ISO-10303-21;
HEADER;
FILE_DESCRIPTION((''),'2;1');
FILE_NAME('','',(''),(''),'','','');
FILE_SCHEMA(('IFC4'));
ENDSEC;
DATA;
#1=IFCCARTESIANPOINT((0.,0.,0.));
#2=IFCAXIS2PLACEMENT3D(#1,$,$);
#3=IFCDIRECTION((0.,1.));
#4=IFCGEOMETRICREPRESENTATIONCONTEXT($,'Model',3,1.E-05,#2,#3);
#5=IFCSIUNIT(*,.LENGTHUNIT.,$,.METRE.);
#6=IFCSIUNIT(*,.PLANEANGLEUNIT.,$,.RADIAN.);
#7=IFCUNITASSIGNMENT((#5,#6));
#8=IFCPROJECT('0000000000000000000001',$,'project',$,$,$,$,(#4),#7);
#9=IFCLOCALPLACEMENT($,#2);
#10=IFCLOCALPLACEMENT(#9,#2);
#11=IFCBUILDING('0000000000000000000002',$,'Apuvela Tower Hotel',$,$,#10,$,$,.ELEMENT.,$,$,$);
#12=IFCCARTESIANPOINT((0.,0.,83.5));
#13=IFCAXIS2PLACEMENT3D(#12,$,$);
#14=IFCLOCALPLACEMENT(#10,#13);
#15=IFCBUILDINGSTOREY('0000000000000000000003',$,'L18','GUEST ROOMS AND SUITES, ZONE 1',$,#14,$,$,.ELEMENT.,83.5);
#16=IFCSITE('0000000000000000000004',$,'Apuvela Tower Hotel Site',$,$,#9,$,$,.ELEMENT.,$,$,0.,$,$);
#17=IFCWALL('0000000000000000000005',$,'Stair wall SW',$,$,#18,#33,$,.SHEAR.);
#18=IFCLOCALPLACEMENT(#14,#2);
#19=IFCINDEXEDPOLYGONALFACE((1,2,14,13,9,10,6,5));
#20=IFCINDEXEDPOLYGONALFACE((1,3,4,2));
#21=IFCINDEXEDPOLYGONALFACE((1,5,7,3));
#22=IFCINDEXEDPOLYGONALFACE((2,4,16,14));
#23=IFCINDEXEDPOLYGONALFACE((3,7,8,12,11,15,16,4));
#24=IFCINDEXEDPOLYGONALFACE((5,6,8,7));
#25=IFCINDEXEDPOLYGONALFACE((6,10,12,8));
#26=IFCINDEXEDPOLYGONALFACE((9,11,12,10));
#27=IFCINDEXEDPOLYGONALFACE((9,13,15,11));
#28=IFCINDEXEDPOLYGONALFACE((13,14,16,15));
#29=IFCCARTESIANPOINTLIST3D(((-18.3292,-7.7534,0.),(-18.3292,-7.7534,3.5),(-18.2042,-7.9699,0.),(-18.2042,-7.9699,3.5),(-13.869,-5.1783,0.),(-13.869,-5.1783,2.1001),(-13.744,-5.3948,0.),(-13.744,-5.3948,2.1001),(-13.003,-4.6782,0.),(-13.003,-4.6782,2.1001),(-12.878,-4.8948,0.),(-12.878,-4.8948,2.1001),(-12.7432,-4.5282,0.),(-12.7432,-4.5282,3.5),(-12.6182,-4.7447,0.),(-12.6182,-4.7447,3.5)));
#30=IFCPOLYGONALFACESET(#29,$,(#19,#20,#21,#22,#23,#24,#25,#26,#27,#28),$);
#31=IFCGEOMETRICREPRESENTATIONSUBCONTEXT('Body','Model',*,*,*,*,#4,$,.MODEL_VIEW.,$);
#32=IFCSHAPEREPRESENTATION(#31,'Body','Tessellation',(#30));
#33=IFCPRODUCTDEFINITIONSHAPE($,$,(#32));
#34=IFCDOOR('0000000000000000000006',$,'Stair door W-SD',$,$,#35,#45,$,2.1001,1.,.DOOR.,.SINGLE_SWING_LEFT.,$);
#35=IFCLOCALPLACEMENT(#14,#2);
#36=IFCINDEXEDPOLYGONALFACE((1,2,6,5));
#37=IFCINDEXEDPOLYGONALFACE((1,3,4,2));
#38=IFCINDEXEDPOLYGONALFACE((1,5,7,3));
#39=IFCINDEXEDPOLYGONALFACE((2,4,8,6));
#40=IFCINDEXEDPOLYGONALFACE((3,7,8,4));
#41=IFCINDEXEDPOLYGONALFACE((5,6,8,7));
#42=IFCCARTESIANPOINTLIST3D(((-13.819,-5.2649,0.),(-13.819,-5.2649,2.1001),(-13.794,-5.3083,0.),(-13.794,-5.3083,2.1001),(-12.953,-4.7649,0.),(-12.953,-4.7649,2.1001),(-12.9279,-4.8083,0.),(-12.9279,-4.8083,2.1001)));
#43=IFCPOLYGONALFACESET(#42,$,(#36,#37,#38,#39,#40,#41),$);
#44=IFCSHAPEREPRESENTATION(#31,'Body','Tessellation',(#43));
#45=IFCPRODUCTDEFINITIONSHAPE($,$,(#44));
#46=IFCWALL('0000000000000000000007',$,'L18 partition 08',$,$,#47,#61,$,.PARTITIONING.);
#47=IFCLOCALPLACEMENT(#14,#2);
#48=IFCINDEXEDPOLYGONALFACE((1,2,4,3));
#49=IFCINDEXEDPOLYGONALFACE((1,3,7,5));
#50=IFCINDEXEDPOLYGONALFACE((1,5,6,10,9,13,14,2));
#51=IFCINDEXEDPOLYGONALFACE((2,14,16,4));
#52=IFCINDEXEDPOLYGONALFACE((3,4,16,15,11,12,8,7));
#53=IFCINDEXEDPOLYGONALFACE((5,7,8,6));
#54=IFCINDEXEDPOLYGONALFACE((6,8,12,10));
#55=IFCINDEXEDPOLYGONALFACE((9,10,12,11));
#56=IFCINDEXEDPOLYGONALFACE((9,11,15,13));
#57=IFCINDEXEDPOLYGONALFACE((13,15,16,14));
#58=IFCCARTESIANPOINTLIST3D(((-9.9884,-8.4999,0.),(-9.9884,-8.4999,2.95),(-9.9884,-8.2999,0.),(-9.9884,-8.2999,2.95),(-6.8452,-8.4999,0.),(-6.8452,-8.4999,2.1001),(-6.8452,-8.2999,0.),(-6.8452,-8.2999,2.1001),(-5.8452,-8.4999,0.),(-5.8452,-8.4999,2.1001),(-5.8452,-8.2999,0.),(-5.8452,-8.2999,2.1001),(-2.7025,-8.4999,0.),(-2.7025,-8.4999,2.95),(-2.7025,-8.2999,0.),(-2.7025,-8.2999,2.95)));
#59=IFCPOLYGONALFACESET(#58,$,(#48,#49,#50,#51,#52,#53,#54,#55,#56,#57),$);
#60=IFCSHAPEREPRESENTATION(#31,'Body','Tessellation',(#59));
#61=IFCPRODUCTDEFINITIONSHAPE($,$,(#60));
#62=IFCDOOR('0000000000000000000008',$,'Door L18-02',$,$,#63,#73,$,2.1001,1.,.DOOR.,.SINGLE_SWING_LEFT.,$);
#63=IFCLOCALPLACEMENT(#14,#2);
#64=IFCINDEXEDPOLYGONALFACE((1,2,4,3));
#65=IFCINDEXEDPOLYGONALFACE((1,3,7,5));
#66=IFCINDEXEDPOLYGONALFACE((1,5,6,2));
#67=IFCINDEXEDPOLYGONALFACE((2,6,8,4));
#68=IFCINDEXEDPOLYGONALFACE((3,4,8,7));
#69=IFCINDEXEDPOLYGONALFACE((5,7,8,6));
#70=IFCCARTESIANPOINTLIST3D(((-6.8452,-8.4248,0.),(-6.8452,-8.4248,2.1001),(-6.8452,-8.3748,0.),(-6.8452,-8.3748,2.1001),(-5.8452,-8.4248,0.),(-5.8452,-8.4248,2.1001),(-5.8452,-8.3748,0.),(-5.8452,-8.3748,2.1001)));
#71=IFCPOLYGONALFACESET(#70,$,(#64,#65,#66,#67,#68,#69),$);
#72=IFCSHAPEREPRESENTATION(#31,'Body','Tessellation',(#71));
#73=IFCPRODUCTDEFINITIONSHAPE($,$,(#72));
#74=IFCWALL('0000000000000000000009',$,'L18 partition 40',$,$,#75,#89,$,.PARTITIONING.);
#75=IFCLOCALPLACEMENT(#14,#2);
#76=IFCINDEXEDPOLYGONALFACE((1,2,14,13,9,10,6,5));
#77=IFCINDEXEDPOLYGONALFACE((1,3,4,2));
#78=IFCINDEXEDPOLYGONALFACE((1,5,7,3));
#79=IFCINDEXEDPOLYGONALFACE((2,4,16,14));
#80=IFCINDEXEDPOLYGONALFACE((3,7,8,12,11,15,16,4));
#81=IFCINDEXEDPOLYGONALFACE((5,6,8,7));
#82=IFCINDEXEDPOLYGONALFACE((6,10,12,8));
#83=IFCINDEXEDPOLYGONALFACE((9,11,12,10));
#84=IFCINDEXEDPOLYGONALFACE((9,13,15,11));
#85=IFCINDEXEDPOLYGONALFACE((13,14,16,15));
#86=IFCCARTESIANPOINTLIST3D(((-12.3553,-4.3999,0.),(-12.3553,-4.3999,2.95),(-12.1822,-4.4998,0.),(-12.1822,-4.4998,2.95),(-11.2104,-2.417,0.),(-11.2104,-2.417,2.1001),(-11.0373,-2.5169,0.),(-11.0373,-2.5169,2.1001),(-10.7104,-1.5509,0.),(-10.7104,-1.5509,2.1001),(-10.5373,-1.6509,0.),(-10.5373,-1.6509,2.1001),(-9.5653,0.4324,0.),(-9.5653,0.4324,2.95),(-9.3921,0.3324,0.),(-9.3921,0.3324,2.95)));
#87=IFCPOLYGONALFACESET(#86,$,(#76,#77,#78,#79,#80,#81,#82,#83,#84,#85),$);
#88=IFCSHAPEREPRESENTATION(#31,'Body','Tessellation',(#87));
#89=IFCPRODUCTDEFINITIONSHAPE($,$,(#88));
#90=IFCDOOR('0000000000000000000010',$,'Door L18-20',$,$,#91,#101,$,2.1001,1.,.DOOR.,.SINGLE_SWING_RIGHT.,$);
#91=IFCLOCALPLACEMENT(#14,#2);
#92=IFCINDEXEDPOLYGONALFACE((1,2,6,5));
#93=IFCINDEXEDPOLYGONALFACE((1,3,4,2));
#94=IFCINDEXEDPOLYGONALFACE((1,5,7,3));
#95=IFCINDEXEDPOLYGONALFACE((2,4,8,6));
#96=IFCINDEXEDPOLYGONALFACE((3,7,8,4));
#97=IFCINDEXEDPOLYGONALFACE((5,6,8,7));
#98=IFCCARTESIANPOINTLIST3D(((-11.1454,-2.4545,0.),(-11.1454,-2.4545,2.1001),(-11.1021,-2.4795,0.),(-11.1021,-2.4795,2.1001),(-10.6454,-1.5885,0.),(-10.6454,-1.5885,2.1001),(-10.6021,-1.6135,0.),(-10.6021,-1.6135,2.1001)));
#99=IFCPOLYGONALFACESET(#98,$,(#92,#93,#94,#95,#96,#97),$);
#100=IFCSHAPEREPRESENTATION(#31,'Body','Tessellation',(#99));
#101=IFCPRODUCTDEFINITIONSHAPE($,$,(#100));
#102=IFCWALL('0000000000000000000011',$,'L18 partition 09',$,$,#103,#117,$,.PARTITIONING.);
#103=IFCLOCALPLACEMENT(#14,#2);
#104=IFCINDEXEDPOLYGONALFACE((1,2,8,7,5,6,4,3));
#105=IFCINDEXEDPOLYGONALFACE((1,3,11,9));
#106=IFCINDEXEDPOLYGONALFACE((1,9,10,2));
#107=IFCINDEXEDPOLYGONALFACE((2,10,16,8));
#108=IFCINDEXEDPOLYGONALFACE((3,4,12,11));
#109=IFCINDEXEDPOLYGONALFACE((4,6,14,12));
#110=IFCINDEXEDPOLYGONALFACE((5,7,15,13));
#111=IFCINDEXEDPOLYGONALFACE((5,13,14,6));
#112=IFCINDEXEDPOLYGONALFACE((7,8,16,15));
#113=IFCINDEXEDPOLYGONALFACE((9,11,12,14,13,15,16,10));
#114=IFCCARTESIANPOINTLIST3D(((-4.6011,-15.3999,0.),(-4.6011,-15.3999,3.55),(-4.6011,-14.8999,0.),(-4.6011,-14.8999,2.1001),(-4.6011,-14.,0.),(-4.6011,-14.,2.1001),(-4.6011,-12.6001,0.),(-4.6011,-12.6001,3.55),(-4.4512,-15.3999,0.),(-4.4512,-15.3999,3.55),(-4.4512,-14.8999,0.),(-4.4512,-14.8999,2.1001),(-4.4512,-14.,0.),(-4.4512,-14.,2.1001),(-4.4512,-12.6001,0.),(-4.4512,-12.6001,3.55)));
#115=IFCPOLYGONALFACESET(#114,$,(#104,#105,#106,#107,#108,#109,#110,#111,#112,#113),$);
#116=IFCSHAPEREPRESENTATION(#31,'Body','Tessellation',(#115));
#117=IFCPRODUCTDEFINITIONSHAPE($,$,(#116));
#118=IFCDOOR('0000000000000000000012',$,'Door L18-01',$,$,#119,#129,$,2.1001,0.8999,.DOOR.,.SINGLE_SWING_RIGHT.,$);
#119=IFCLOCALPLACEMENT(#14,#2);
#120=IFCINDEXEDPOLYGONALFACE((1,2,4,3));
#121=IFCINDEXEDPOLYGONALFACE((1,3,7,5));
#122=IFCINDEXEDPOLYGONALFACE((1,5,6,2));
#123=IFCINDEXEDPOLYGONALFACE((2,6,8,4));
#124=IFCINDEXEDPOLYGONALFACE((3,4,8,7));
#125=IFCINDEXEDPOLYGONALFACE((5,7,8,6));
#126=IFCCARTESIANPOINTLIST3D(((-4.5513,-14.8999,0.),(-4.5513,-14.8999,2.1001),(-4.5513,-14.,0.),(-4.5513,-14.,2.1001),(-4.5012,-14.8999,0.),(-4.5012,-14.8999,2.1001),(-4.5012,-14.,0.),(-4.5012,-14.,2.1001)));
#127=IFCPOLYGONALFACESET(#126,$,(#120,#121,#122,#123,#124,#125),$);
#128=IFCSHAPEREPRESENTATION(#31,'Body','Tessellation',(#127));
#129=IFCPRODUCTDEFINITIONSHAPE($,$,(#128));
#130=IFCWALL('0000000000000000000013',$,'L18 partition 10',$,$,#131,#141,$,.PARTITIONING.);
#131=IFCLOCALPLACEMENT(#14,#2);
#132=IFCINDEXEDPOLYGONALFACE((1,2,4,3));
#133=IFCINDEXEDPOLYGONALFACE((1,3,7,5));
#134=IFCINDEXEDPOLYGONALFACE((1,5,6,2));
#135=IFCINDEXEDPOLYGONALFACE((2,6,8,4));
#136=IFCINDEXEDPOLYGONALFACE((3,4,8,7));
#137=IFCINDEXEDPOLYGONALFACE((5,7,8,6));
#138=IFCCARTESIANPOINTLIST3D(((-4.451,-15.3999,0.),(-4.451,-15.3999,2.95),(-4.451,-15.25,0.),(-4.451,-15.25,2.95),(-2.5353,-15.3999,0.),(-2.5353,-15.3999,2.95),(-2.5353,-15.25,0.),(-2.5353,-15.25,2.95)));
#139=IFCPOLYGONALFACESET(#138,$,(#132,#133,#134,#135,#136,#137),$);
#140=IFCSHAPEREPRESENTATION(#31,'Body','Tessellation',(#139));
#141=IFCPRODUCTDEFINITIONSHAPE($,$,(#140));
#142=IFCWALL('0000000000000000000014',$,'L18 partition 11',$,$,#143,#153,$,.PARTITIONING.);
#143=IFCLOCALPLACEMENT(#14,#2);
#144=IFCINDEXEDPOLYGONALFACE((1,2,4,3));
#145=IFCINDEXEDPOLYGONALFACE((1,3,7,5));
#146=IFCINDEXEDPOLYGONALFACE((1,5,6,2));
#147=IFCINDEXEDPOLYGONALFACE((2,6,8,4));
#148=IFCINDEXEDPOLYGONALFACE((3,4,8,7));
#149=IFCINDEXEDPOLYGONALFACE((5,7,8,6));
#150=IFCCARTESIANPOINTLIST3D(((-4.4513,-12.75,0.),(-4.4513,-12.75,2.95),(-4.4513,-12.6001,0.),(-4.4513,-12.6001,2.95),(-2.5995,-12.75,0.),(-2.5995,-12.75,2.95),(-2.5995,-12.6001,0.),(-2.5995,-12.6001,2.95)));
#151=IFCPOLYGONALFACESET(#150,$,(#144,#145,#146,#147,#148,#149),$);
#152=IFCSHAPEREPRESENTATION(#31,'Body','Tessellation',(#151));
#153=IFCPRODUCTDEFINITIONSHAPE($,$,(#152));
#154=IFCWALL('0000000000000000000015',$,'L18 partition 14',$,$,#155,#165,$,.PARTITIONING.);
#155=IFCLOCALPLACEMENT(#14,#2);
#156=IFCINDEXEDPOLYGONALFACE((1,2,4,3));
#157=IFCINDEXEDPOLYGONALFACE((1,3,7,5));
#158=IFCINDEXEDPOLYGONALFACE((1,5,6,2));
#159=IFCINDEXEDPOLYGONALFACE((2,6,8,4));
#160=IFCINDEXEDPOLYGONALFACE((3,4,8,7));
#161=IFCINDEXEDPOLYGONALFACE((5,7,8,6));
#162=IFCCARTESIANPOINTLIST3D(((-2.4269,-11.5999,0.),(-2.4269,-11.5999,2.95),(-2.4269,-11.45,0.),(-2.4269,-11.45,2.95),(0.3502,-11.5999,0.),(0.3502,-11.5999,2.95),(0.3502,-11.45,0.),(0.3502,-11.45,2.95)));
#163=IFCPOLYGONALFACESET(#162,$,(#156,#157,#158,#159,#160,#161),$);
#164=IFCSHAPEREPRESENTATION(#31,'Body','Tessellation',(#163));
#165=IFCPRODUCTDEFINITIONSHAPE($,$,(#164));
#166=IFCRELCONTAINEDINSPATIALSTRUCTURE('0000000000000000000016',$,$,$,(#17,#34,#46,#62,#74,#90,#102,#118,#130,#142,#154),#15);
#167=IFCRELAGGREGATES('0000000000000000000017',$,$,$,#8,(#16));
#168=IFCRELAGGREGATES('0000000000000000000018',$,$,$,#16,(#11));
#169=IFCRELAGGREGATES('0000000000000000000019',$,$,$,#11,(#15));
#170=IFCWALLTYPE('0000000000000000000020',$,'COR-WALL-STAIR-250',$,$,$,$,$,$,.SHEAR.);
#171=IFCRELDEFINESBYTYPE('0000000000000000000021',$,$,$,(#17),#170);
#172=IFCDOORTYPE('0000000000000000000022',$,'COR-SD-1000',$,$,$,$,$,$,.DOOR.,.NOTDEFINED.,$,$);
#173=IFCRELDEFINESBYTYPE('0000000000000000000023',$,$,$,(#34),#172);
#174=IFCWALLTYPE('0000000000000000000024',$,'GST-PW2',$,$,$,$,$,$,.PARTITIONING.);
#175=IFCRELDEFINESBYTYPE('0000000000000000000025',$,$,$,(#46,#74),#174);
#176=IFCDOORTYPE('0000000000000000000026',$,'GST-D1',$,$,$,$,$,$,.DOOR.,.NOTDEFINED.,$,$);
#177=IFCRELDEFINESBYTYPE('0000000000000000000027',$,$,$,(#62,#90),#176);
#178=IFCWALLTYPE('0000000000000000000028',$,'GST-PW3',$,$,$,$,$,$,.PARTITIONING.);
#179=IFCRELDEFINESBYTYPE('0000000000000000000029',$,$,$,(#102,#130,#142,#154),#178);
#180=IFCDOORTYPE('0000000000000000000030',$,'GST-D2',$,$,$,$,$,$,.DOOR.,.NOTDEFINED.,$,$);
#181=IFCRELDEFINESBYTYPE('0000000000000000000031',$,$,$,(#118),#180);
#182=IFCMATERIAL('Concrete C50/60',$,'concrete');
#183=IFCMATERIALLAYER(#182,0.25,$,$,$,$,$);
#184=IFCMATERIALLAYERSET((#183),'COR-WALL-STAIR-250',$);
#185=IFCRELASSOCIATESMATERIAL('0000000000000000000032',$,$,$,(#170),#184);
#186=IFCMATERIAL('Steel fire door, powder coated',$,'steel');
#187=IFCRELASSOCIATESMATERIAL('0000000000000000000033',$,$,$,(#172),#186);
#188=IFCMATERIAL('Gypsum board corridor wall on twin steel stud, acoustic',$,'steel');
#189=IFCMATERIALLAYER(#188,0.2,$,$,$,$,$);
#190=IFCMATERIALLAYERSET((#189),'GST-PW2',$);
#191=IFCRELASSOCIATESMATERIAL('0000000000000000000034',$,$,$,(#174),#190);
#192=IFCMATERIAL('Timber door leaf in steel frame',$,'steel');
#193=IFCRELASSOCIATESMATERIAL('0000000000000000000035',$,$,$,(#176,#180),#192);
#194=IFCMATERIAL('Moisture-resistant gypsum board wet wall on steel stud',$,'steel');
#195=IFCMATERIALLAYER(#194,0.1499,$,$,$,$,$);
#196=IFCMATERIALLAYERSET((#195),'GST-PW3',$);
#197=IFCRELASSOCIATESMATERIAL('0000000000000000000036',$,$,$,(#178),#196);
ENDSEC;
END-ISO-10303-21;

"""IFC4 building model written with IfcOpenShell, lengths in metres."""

from ifc_helpers import new_model, si_unit, direction, frame, frame_2d, origin, place, context, subcontext, project, spatial, rectangle, extrude, material, layer, layer_set, type_object, element, fill, save


model = new_model("IFC4")

# Units and contexts
model_context = context("Model", 3, precision=1e-05, world=origin(), true_north=direction((0.0, 1.0)))
body_context = subcontext(model_context, "Body", "Model", "MODEL_VIEW")
ifc_project = project(units=[si_unit("LENGTHUNIT", "METRE"), si_unit("PLANEANGLEUNIT", "RADIAN")], contexts=[model_context])

# Site, building, storey
site_placement = place(None, origin())
site = spatial("IfcSite", under=ifc_project, at=site_placement, Name="Apuvela Tower Hotel Site", CompositionType="ELEMENT", RefElevation=0.0)
building_placement = place(site_placement, origin())
building = spatial("IfcBuilding", under=site, at=building_placement, Name="Apuvela Tower Hotel", CompositionType="ELEMENT")
storey_placement = place(building_placement, frame((0.0, 0.0, 83.5)))
storey = spatial("IfcBuildingStorey", under=building, at=storey_placement, Name="L18", Description="GUEST ROOMS AND SUITES, ZONE 1", CompositionType="ELEMENT", Elevation=83.5)

# Shared definitions
ifc_material_1 = material(Name="Concrete C50/60", Category="concrete")
ifc_material_2 = material(Name="Steel fire door, powder coated", Category="steel")

# Walls, openings, doors
ifc_layer_1 = layer(ifc_material_1, 0.25)
ifc_layer_set_1 = layer_set([ifc_layer_1], Name="COR-WALL-STAIR-250")
wall_type_1 = type_object("IfcWallType", Name="COR-WALL-STAIR-250", PredefinedType="SHEAR", material=ifc_layer_set_1)
wall_1_placement = place(storey_placement, frame((-12.6807, -4.6365, 0.0), z_axis=(0.0, 0.0, 1.0), x_axis=(-0.866022, -0.500006, 0.0)))
wall_1 = element("IfcWall", 1, at=wall_1_placement, inside=storey, type_object=wall_type_1, Name="Stair wall SW", PredefinedType="SHEAR", context=body_context, shape_type="SweptSolid", body=[
    extrude(rectangle(XDim=6.4502, YDim=0.25, at=frame_2d((3.2251, 0.0))), origin(), (0.0, 0.0, 1.0), 3.5),
])
opening_1_placement = place(wall_1_placement, frame((0.3, 0.0, 0.0)))
opening_1 = element("IfcOpeningElement", 2, at=opening_1_placement, cuts=wall_1, PredefinedType="OPENING", context=body_context, shape_type="SweptSolid", body=[
    extrude(rectangle(XDim=1.0, YDim=2.1001, at=frame_2d((0.5, 1.05))), frame((0.0, 0.135, 0.0), z_axis=(0.0, -1.0, 0.0), x_axis=(1.0, 0.0, 0.0)), (0.0, 0.0, 1.0), 0.27),
])
door_type_1 = type_object("IfcDoorType", Name="COR-SD-1000", OperationType="NOTDEFINED", PredefinedType="DOOR", material=ifc_material_2)
door_1_placement = place(opening_1_placement, frame((1.0, 0.0, 0.0), z_axis=(0.0, 0.0, 1.0), x_axis=(-1.0, 0.0, 0.0)))
door_1 = element("IfcDoor", 3, at=door_1_placement, inside=storey, type_object=door_type_1, Name="Stair door W-SD", OperationType="SINGLE_SWING_LEFT", OverallHeight=2.1001, OverallWidth=1.0, PredefinedType="DOOR", context=body_context, shape_type="SweptSolid", body=[
    extrude(rectangle(XDim=1.0, YDim=2.1001, at=frame_2d((0.5, 1.05))), frame((0.0, 0.0249, 0.0), z_axis=(0.0, -1.0, 0.0), x_axis=(1.0, 0.0, 0.0)), (0.0, 0.0, 1.0), 0.05),
])
fill(opening_1, door_1)
ifc_material_3 = material(Name="Gypsum board corridor wall on twin steel stud, acoustic", Category="steel")
ifc_layer_2 = layer(ifc_material_3, 0.2)
ifc_layer_set_2 = layer_set([ifc_layer_2], Name="GST-PW2")
wall_type_2 = type_object("IfcWallType", Name="GST-PW2", PredefinedType="PARTITIONING", material=ifc_layer_set_2)
wall_2_placement = place(storey_placement, frame((-2.7024, -8.3999, 0.0), z_axis=(0.0, 0.0, 1.0), x_axis=(-1.0, 0.0, 0.0)))
wall_2 = element("IfcWall", 4, at=wall_2_placement, inside=storey, type_object=wall_type_2, Name="L18 partition 08", PredefinedType="PARTITIONING", context=body_context, shape_type="SweptSolid", body=[
    extrude(rectangle(XDim=7.2859, YDim=0.2, at=frame_2d((3.6431, 0.0))), origin(), (0.0, 0.0, 1.0), 2.95),
])
opening_2_placement = place(wall_2_placement, frame((3.1428, 0.0, 0.0)))
opening_2 = element("IfcOpeningElement", 5, at=opening_2_placement, cuts=wall_2, PredefinedType="OPENING", context=body_context, shape_type="SweptSolid", body=[
    extrude(rectangle(XDim=1.0, YDim=2.1001, at=frame_2d((0.5, 1.05))), frame((0.0, 0.1099, 0.0), z_axis=(0.0, -1.0, 0.0), x_axis=(1.0, 0.0, 0.0)), (0.0, 0.0, 1.0), 0.22),
])
ifc_material_4 = material(Name="Timber door leaf in steel frame", Category="steel")
door_type_2 = type_object("IfcDoorType", Name="GST-D1", OperationType="NOTDEFINED", PredefinedType="DOOR", material=ifc_material_4)
door_2_placement = place(opening_2_placement, origin())
door_2 = element("IfcDoor", 6, at=door_2_placement, inside=storey, type_object=door_type_2, Name="Door L18-02", OperationType="SINGLE_SWING_LEFT", OverallHeight=2.1001, OverallWidth=1.0, PredefinedType="DOOR", context=body_context, shape_type="SweptSolid", body=[
    extrude(rectangle(XDim=1.0, YDim=2.1001, at=frame_2d((0.5, 1.05))), frame((0.0, 0.0249, 0.0), z_axis=(0.0, -1.0, 0.0), x_axis=(1.0, 0.0, 0.0)), (0.0, 0.0, 1.0), 0.05),
])
fill(opening_2, door_2)
wall_3_placement = place(storey_placement, frame((-12.2688, -4.45, 0.0), z_axis=(0.0, 0.0, 1.0), x_axis=(0.500017, 0.866016, 0.0)))
wall_3 = element("IfcWall", 7, at=wall_3_placement, inside=storey, type_object=wall_type_2, Name="L18 partition 40", PredefinedType="PARTITIONING", context=body_context, shape_type="SweptSolid", body=[
    extrude(rectangle(XDim=5.5798, YDim=0.2, at=frame_2d((2.79, 0.0))), origin(), (0.0, 0.0, 1.0), 2.95),
])
opening_3_placement = place(wall_3_placement, frame((2.2898, 0.0, 0.0)))
opening_3 = element("IfcOpeningElement", 8, at=opening_3_placement, cuts=wall_3, PredefinedType="OPENING", context=body_context, shape_type="SweptSolid", body=[
    extrude(rectangle(XDim=1.0, YDim=2.1001, at=frame_2d((0.5, 1.05))), frame((0.0, 0.1099, 0.0), z_axis=(0.0, -1.0, 0.0), x_axis=(1.0, 0.0, 0.0)), (0.0, 0.0, 1.0), 0.22),
])
door_3_placement = place(opening_3_placement, origin())
door_3 = element("IfcDoor", 9, at=door_3_placement, inside=storey, type_object=door_type_2, Name="Door L18-20", OperationType="SINGLE_SWING_RIGHT", OverallHeight=2.1001, OverallWidth=1.0, PredefinedType="DOOR", context=body_context, shape_type="SweptSolid", body=[
    extrude(rectangle(XDim=1.0, YDim=2.1001, at=frame_2d((0.5, 1.05))), frame((0.0, 0.0249, 0.0), z_axis=(0.0, -1.0, 0.0), x_axis=(1.0, 0.0, 0.0)), (0.0, 0.0, 1.0), 0.05),
])
fill(opening_3, door_3)
ifc_material_5 = material(Name="Moisture-resistant gypsum board wet wall on steel stud", Category="steel")
ifc_layer_3 = layer(ifc_material_5, 0.1499)
ifc_layer_set_3 = layer_set([ifc_layer_3], Name="GST-PW3")
wall_type_3 = type_object("IfcWallType", Name="GST-PW3", PredefinedType="PARTITIONING", material=ifc_layer_set_3)
wall_4_placement = place(storey_placement, frame((-4.5261, -12.6001, 0.0), z_axis=(0.0, 0.0, 1.0), x_axis=(0.0, -1.0, 0.0)))
wall_4 = element("IfcWall", 10, at=wall_4_placement, inside=storey, type_object=wall_type_3, Name="L18 partition 09", PredefinedType="PARTITIONING", context=body_context, shape_type="SweptSolid", body=[
    extrude(rectangle(XDim=2.7998, YDim=0.1499, at=frame_2d((1.3999, 0.0))), origin(), (0.0, 0.0, 1.0), 3.55),
])
opening_4_placement = place(wall_4_placement, frame((1.3999, 0.0, 0.0)))
opening_4 = element("IfcOpeningElement", 11, at=opening_4_placement, cuts=wall_4, PredefinedType="OPENING", context=body_context, shape_type="SweptSolid", body=[
    extrude(rectangle(XDim=0.8999, YDim=2.1001, at=frame_2d((0.45, 1.05))), frame((0.0, 0.085, 0.0), z_axis=(0.0, -1.0, 0.0), x_axis=(1.0, 0.0, 0.0)), (0.0, 0.0, 1.0), 0.1699),
])
door_type_3 = type_object("IfcDoorType", Name="GST-D2", OperationType="NOTDEFINED", PredefinedType="DOOR", material=ifc_material_4)
door_4_placement = place(opening_4_placement, origin())
door_4 = element("IfcDoor", 12, at=door_4_placement, inside=storey, type_object=door_type_3, Name="Door L18-01", OperationType="SINGLE_SWING_RIGHT", OverallHeight=2.1001, OverallWidth=0.8999, PredefinedType="DOOR", context=body_context, shape_type="SweptSolid", body=[
    extrude(rectangle(XDim=0.8999, YDim=2.1001, at=frame_2d((0.45, 1.05))), frame((0.0, 0.0249, 0.0), z_axis=(0.0, -1.0, 0.0), x_axis=(1.0, 0.0, 0.0)), (0.0, 0.0, 1.0), 0.05),
])
fill(opening_4, door_4)

# Walls
wall_5_placement = place(storey_placement, frame((-4.4512, -15.325, 0.0), z_axis=(0.0, 0.0, 1.0), x_axis=(1.0, 0.0, 0.0)))
element("IfcWall", 13, at=wall_5_placement, inside=storey, type_object=wall_type_3, Name="L18 partition 10", PredefinedType="PARTITIONING", context=body_context, shape_type="SweptSolid", body=[
    extrude(rectangle(XDim=1.9158, YDim=0.1499, at=frame_2d((0.958, 0.0))), origin(), (0.0, 0.0, 1.0), 2.95),
])
wall_6_placement = place(storey_placement, frame((-4.4512, -12.675, 0.0), z_axis=(0.0, 0.0, 1.0), x_axis=(1.0, 0.0, 0.0)))
element("IfcWall", 14, at=wall_6_placement, inside=storey, type_object=wall_type_3, Name="L18 partition 11", PredefinedType="PARTITIONING", context=body_context, shape_type="SweptSolid", body=[
    extrude(rectangle(XDim=1.8518, YDim=0.1499, at=frame_2d((0.9258, 0.0))), origin(), (0.0, 0.0, 1.0), 2.95),
])
wall_7_placement = place(storey_placement, frame((-2.427, -11.5249, 0.0), z_axis=(0.0, 0.0, 1.0), x_axis=(1.0, 0.0, 0.0)))
element("IfcWall", 15, at=wall_7_placement, inside=storey, type_object=wall_type_3, Name="L18 partition 14", PredefinedType="PARTITIONING", context=body_context, shape_type="SweptSolid", body=[
    extrude(rectangle(XDim=2.7771, YDim=0.1499, at=frame_2d((1.3887, 0.0))), origin(), (0.0, 0.0, 1.0), 2.95),
])

save(model, "model.ifc")
